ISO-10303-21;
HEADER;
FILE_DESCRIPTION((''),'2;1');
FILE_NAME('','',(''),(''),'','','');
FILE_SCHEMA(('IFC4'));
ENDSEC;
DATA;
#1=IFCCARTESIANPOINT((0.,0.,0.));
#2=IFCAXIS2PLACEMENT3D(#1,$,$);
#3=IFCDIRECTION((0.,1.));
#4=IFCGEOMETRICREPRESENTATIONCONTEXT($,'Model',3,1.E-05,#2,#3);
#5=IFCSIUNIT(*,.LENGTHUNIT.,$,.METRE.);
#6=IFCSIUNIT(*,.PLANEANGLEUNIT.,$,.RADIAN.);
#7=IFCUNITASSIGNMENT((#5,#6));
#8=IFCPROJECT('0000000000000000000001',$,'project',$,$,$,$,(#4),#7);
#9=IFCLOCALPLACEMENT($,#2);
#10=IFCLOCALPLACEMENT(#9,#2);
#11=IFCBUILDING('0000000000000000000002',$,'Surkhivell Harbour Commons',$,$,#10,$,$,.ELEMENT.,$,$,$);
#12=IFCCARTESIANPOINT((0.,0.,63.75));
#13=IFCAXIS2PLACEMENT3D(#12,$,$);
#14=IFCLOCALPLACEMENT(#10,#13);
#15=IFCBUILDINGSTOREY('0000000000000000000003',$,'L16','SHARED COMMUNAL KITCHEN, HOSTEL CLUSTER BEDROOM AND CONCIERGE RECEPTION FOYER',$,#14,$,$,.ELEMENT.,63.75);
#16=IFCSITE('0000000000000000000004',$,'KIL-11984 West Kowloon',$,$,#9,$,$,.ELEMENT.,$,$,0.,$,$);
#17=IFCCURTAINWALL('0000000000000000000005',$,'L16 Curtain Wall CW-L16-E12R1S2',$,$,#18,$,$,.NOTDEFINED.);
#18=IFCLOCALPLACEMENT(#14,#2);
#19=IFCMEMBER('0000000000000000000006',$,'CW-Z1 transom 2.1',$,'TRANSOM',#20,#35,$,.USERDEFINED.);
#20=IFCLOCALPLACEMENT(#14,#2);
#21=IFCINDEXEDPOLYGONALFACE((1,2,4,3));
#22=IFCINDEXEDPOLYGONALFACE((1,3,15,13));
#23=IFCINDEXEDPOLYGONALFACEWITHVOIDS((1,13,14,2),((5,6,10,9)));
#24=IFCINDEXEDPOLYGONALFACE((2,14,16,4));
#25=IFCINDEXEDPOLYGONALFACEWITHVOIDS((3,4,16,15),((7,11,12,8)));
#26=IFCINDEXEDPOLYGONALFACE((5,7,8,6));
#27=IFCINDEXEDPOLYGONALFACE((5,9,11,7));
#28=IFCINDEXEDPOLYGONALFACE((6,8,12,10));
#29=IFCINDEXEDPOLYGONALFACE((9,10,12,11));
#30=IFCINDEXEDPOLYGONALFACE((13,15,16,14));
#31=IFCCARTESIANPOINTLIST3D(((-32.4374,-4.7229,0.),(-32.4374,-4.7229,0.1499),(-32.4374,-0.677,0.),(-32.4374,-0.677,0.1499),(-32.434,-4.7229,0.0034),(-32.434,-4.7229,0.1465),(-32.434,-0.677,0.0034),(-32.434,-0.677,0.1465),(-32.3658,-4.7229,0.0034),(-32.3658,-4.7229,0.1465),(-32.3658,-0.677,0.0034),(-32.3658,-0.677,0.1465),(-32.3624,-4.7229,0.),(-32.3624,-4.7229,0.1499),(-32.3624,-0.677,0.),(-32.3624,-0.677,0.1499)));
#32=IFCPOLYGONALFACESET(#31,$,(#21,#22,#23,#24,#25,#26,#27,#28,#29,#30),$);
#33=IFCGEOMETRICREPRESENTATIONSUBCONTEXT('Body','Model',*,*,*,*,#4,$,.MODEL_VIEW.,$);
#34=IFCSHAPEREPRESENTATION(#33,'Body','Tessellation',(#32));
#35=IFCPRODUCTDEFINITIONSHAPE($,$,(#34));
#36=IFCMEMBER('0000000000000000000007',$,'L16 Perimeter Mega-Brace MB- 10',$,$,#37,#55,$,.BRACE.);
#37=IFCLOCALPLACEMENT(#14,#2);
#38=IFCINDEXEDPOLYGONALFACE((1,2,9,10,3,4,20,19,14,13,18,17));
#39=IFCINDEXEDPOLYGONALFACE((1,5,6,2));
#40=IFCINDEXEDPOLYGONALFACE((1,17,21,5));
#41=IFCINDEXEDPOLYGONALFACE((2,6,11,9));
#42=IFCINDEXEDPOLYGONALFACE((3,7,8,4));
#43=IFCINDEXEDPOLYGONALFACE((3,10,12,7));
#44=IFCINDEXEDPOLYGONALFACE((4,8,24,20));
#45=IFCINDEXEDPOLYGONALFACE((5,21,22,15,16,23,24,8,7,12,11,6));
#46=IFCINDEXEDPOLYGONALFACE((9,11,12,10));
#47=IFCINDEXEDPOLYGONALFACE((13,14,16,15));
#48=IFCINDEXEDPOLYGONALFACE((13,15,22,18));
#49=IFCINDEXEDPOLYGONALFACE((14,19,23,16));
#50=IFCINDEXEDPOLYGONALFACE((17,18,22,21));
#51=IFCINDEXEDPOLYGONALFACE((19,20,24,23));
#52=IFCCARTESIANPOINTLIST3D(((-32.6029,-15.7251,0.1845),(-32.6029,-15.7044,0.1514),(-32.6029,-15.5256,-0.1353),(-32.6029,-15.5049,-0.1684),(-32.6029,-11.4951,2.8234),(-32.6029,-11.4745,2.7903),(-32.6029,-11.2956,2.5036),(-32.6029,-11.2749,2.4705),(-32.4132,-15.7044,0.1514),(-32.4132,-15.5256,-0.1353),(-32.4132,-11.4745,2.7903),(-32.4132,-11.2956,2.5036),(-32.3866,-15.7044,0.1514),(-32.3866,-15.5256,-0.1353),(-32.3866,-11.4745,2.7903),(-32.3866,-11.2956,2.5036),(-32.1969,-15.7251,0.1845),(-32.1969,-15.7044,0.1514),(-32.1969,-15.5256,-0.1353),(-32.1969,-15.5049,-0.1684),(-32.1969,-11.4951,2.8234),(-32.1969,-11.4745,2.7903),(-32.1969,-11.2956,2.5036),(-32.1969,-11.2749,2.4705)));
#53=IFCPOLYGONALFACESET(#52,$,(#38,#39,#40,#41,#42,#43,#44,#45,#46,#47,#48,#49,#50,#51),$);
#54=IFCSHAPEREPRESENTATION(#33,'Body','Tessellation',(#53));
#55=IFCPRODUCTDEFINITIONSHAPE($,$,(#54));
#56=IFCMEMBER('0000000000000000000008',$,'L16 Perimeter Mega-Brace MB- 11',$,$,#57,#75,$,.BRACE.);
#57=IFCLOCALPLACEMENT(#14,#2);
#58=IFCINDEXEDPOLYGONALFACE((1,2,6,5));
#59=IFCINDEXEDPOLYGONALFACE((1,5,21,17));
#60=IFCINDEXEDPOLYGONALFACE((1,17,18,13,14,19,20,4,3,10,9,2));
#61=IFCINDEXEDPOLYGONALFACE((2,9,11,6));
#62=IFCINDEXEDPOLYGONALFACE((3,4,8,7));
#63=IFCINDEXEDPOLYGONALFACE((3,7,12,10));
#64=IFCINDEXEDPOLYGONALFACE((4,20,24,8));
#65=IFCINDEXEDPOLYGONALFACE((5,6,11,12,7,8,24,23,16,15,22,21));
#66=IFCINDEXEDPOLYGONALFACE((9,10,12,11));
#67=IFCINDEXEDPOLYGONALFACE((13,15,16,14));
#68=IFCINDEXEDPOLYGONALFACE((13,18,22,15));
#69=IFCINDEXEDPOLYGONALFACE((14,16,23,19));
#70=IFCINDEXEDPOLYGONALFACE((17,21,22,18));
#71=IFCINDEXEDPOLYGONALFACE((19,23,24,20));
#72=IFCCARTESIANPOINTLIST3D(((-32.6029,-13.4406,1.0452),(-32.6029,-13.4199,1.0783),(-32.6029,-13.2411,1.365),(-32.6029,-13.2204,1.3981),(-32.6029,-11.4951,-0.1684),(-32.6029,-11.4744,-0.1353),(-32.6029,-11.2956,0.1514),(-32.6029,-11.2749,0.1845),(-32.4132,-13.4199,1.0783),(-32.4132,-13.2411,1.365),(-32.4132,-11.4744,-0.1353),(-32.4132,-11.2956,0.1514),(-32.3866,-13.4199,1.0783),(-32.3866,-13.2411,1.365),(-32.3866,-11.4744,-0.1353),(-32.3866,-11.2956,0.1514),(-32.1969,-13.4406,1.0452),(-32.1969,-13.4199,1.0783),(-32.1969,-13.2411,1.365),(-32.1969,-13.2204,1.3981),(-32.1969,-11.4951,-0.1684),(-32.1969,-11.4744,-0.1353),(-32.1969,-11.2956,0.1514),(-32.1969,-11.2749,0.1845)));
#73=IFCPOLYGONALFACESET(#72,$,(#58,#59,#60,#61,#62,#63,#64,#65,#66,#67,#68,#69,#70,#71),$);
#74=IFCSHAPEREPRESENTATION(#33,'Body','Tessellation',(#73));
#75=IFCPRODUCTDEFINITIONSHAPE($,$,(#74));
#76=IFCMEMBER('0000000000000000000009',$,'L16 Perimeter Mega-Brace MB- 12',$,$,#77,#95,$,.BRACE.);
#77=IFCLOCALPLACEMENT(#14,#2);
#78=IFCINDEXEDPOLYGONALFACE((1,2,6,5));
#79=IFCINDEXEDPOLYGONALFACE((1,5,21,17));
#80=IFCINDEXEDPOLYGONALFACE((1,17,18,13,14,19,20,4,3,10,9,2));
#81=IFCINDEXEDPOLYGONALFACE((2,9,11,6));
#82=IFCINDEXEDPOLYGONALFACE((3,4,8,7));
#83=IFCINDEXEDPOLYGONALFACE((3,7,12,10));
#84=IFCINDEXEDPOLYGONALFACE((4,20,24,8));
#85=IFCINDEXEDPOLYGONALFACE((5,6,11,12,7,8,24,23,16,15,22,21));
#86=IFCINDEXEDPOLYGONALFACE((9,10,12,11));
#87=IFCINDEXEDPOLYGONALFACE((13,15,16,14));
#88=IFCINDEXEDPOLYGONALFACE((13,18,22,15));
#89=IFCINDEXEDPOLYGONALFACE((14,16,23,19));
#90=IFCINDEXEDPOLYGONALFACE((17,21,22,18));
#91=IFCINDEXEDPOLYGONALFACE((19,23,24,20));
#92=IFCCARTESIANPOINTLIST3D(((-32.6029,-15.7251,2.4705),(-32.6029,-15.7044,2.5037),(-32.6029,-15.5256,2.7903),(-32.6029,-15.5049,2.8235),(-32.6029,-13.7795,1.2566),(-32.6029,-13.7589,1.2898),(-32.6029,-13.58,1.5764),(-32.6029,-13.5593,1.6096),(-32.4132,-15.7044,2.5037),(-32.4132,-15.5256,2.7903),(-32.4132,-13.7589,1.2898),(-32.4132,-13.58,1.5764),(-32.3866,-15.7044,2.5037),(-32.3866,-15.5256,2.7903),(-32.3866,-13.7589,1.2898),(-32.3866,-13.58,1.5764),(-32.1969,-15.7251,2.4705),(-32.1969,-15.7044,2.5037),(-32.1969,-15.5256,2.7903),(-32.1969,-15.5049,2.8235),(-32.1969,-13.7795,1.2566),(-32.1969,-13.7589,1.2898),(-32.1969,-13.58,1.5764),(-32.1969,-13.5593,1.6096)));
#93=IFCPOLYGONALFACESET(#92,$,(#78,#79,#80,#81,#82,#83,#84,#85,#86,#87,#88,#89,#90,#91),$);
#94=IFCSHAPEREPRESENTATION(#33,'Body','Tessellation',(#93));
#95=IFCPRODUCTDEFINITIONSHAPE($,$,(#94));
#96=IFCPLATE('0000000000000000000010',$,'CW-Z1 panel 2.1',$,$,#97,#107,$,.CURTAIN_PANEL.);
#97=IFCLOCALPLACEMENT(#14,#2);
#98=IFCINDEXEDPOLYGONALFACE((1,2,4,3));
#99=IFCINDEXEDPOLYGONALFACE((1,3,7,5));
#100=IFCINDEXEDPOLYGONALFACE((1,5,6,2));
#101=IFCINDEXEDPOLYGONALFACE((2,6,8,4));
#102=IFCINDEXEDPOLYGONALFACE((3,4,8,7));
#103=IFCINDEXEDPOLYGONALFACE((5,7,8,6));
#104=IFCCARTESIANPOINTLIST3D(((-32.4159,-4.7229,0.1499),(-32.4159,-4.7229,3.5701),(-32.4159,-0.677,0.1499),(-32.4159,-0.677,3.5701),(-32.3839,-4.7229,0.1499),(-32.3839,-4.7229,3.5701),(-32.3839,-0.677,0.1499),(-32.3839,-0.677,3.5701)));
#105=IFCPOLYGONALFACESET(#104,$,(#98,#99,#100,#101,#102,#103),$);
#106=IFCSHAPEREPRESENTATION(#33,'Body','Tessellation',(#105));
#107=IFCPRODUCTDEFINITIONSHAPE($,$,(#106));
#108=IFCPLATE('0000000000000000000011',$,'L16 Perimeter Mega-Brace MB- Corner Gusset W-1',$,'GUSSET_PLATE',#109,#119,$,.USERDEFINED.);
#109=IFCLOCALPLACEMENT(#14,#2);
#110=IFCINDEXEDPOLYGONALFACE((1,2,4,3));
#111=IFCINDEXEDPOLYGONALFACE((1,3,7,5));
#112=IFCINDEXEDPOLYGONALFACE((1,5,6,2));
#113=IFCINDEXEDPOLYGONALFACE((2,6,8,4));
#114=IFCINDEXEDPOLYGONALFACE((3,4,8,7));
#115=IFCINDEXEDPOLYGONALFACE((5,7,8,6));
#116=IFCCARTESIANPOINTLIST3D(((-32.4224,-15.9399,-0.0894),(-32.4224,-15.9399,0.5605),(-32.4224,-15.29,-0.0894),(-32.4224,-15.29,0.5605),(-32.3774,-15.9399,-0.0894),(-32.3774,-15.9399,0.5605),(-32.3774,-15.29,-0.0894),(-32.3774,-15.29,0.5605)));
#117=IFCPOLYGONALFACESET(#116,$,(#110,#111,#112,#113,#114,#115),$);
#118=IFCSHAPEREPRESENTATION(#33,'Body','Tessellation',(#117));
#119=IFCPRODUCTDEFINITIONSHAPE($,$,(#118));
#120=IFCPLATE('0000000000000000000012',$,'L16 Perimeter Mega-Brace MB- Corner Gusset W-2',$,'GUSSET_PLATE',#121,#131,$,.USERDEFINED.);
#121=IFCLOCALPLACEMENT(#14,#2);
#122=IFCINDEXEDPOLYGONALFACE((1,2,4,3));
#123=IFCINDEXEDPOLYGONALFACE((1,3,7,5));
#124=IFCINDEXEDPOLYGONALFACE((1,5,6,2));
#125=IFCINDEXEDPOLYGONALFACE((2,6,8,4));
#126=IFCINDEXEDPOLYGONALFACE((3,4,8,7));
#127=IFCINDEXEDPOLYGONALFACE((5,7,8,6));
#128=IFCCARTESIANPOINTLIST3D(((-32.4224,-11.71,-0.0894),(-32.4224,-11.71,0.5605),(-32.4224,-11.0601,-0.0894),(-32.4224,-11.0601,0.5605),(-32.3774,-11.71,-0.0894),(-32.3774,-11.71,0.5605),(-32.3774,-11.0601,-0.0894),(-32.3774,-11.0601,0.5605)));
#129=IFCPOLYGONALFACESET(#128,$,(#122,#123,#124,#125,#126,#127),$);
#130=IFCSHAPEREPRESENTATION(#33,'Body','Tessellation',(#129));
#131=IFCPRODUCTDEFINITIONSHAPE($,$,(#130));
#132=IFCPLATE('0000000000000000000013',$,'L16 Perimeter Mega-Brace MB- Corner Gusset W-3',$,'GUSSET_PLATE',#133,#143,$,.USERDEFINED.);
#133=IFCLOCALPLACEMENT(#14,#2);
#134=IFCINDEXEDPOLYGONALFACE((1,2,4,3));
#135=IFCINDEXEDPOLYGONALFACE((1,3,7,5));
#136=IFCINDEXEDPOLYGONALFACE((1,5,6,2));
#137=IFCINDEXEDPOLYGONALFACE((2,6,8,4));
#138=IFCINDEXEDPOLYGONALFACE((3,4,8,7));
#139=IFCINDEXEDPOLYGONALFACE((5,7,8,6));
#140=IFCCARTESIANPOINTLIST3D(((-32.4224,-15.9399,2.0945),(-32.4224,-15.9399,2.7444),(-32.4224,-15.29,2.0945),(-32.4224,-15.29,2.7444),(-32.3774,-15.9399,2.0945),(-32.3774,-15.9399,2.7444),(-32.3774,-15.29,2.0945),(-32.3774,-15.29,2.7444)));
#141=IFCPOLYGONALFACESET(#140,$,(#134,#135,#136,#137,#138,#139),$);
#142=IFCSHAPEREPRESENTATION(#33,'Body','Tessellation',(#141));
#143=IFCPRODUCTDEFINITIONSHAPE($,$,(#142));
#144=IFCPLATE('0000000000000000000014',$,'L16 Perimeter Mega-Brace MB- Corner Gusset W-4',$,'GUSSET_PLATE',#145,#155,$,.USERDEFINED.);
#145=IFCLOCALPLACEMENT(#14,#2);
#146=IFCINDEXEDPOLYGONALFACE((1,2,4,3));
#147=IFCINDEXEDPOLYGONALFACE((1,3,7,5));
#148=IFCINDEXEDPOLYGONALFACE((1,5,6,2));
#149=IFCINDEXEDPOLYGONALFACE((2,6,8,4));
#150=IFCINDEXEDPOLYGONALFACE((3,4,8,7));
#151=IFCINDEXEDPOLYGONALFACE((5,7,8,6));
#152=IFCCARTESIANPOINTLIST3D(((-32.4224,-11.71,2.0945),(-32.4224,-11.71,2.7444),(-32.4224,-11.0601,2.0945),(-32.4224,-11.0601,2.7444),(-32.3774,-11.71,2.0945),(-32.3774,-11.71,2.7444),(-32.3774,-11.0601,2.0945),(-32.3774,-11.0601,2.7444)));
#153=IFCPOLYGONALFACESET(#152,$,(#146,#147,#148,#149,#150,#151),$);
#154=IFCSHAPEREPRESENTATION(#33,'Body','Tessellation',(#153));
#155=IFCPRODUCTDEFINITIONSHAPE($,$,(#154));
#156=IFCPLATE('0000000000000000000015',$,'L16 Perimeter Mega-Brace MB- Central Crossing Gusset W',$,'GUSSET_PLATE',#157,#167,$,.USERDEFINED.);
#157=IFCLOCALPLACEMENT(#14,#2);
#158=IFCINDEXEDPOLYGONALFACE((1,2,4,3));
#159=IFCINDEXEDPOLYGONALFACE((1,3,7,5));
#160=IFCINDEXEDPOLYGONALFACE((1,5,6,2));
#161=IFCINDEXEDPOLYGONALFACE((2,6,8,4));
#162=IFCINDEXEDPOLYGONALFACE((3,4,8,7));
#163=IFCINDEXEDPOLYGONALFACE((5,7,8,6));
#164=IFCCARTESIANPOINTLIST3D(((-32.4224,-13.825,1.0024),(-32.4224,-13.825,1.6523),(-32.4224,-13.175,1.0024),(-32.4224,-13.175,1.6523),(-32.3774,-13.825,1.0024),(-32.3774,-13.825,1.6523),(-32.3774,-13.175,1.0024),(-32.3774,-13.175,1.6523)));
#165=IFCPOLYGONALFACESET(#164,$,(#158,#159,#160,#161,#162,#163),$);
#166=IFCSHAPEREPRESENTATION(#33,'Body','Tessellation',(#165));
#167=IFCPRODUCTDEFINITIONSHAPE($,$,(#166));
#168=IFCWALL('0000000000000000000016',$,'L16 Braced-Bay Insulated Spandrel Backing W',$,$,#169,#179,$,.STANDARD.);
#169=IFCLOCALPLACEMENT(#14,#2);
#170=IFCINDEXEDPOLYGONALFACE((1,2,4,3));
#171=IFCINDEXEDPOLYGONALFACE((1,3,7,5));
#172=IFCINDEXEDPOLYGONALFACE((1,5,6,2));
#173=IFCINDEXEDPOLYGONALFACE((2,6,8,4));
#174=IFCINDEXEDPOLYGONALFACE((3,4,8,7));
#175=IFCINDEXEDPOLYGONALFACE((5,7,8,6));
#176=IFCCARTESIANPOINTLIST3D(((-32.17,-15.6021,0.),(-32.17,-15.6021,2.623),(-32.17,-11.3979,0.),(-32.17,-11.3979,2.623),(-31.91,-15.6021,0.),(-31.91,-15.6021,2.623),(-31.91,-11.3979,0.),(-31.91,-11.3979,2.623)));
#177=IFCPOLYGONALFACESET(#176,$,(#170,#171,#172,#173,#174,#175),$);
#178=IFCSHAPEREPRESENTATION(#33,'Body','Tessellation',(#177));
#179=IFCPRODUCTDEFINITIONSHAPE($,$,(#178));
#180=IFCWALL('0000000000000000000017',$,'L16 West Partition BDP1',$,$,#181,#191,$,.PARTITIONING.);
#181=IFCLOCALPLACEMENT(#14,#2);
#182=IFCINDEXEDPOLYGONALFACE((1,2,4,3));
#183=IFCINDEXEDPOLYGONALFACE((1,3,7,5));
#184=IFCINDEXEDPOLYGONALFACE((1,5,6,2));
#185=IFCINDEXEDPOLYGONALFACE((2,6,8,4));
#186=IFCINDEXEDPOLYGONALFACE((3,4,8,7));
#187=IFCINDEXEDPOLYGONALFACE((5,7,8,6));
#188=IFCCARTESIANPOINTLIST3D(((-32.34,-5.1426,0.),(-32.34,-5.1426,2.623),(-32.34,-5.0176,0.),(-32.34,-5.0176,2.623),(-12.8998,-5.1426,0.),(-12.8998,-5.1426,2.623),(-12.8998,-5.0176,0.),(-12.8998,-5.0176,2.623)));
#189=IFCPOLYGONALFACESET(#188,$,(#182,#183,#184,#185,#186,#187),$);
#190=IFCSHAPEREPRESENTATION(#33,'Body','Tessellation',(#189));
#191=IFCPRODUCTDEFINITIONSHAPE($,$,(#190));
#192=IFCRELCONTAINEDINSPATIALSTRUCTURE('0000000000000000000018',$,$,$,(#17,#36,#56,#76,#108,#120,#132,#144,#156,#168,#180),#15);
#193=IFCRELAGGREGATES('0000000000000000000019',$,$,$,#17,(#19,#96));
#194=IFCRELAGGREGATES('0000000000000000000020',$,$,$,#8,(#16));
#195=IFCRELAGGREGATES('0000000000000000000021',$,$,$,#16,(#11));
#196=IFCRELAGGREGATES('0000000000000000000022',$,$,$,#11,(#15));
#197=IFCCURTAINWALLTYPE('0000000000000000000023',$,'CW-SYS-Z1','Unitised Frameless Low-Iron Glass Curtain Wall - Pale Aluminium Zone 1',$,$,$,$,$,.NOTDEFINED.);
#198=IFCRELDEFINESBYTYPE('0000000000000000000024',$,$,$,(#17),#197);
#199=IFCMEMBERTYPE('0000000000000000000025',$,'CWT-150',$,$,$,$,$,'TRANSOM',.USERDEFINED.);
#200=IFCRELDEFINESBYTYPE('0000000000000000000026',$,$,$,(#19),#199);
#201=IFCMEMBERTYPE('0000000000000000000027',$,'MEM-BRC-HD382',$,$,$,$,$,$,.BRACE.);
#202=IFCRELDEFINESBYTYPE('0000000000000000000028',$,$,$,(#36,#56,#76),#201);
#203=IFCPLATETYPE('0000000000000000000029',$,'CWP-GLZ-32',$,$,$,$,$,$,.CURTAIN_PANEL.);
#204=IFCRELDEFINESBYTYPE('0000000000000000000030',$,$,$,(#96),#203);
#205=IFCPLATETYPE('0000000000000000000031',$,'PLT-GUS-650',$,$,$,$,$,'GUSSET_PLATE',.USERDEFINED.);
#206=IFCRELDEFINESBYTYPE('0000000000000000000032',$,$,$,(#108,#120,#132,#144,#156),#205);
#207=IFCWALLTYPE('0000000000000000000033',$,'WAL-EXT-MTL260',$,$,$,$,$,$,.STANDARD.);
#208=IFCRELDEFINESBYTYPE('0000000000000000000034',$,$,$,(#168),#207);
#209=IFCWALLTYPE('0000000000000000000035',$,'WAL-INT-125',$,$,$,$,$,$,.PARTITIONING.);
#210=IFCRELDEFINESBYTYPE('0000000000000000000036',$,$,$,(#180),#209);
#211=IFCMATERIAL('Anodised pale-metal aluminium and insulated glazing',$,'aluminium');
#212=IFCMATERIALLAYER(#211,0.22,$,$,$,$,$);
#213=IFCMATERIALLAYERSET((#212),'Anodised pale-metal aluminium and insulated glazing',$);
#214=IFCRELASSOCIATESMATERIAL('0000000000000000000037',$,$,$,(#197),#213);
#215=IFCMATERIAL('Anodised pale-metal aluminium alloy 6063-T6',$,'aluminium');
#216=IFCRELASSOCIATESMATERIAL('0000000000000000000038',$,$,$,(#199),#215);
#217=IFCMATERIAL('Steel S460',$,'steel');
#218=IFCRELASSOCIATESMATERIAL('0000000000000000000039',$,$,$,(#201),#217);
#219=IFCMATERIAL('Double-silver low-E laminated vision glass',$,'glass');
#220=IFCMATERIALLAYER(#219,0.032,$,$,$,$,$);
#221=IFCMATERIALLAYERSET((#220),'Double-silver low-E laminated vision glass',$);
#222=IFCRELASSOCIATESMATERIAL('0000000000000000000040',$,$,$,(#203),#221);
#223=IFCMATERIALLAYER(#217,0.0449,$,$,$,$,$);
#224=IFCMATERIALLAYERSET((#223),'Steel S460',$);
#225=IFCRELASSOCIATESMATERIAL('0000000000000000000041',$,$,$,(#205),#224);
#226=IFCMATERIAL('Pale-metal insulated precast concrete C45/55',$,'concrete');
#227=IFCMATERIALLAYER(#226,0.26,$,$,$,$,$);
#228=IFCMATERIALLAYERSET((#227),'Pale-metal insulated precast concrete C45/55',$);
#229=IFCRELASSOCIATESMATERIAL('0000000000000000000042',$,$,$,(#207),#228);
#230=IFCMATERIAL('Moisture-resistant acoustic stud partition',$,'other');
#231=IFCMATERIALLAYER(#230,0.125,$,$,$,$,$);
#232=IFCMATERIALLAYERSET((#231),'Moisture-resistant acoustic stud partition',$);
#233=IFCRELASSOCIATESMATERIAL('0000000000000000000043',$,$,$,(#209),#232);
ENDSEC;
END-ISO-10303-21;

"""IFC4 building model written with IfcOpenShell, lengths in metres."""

from ifc_helpers import new_model, si_unit, direction, frame, frame_2d, origin, origin_2d, place, context, subcontext, project, spatial, rectangle, hollow_rectangle, i_section, extrude, material, layer, layer_set, material_profile, profile_set, type_object, element, aggregate, save


model = new_model("IFC4")

# Units and contexts
model_context = context("Model", 3, precision=1e-05, world=origin(), true_north=direction((0.0, 1.0)))
body_context = subcontext(model_context, "Body", "Model", "MODEL_VIEW")
ifc_project = project(units=[si_unit("LENGTHUNIT", "METRE"), si_unit("PLANEANGLEUNIT", "RADIAN")], contexts=[model_context])

# Site, building, storey
site_placement = place(None, origin())
site = spatial("IfcSite", under=ifc_project, at=site_placement, Name="KIL-11984 West Kowloon", CompositionType="ELEMENT", RefElevation=0.0)
building_placement = place(site_placement, origin())
building = spatial("IfcBuilding", under=site, at=building_placement, Name="Surkhivell Harbour Commons", CompositionType="ELEMENT")
storey_placement = place(building_placement, frame((0.0, 0.0, 63.75)))
storey = spatial("IfcBuildingStorey", under=building, at=storey_placement, Name="L16", Description="SHARED COMMUNAL KITCHEN, HOSTEL CLUSTER BEDROOM AND CONCIERGE RECEPTION FOYER", CompositionType="ELEMENT", Elevation=63.75)

# Shared definitions
ifc_material_1 = material(Name="Steel S460", Category="steel")

# Curtain wall, member
ifc_material_2 = material(Name="Anodised pale-metal aluminium and insulated glazing", Category="aluminium")
ifc_layer_1 = layer(ifc_material_2, 0.22)
ifc_layer_set_1 = layer_set([ifc_layer_1], Name="Anodised pale-metal aluminium and insulated glazing")
curtain_wall_type = type_object("IfcCurtainWallType", Name="CW-SYS-Z1", Description="Unitised Frameless Low-Iron Glass Curtain Wall - Pale Aluminium Zone 1", PredefinedType="NOTDEFINED", material=ifc_layer_set_1)
curtain_wall_placement = place(storey_placement, origin())
curtain_wall = element("IfcCurtainWall", 1, at=curtain_wall_placement, inside=storey, type_object=curtain_wall_type, Name="L16 Curtain Wall CW-L16-E12R1S2", PredefinedType="NOTDEFINED")
ifc_material_3 = material(Name="Anodised pale-metal aluminium alloy 6063-T6", Category="aluminium")
ifc_material_profile_1 = material_profile(ifc_material_3, hollow_rectangle(XDim=0.075, YDim=0.1499, WallThickness=0.0034, at=origin_2d()), Name="ALU-TRAN-75x150")
ifc_profile_set_1 = profile_set([ifc_material_profile_1], Name="Anodised pale-metal aluminium alloy 6063-T6")
member_type_1 = type_object("IfcMemberType", Name="CWT-150", ElementType="TRANSOM", PredefinedType="USERDEFINED", material=ifc_profile_set_1)
member_1_placement = place(storey_placement, frame((-32.3999, -4.7229, 0.075), z_axis=(0.0, 1.0, 0.0), x_axis=(-1.0, 0.0, 0.0)))
member_1 = element("IfcMember", 2, at=member_1_placement, type_object=member_type_1, Name="CW-Z1 transom 2.1", ObjectType="TRANSOM", PredefinedType="USERDEFINED", context=body_context, shape_type="SweptSolid", body=[
    extrude(hollow_rectangle(XDim=0.075, YDim=0.1499, WallThickness=0.0034, at=origin_2d()), origin(), (0.0, 0.0, 1.0), 4.0459),
])

# Members
ifc_material_profile_2 = material_profile(ifc_material_1, i_section(OverallWidth=0.406, OverallDepth=0.416, WebThickness=0.0266, FlangeThickness=0.0391, at=origin_2d()), Name="HD400x382")
ifc_profile_set_2 = profile_set([ifc_material_profile_2], Name="Steel S460")
member_type_2 = type_object("IfcMemberType", Name="MEM-BRC-HD382", PredefinedType="BRACE", material=ifc_profile_set_2)
member_2_placement = place(storey_placement, frame((-32.3999, -15.615, 0.0081), z_axis=(0.0, 0.848433, 0.529303), x_axis=(-1.0, 0.0, 0.0)))
element("IfcMember", 3, at=member_2_placement, inside=storey, type_object=member_type_2, Name="L16 Perimeter Mega-Brace MB- 10", PredefinedType="BRACE", context=body_context, shape_type="SweptSolid", body=[
    extrude(i_section(OverallWidth=0.406, OverallDepth=0.416, WebThickness=0.0266, FlangeThickness=0.0391, at=origin_2d()), origin(), (0.0, 0.0, 1.0), 4.9856),
])
member_3_placement = place(storey_placement, frame((-32.3999, -11.385, 0.0081), z_axis=(0.0, -0.848459, 0.529262), x_axis=(1.0, 0.0, 0.0)))
element("IfcMember", 4, at=member_3_placement, inside=storey, type_object=member_type_2, Name="L16 Perimeter Mega-Brace MB- 11", PredefinedType="BRACE", context=body_context, shape_type="SweptSolid", body=[
    extrude(i_section(OverallWidth=0.406, OverallDepth=0.416, WebThickness=0.0266, FlangeThickness=0.0391, at=origin_2d()), origin(), (0.0, 0.0, 1.0), 2.293),
])
member_4_placement = place(storey_placement, frame((-32.3999, -13.6694, 1.4331), z_axis=(0.0, -0.848411, 0.529338), x_axis=(1.0, 0.0, 0.0)))
element("IfcMember", 5, at=member_4_placement, inside=storey, type_object=member_type_2, Name="L16 Perimeter Mega-Brace MB- 12", PredefinedType="BRACE", context=body_context, shape_type="SweptSolid", body=[
    extrude(i_section(OverallWidth=0.406, OverallDepth=0.416, WebThickness=0.0266, FlangeThickness=0.0391, at=origin_2d()), origin(), (0.0, 0.0, 1.0), 2.2932),
])

# Plate
ifc_material_4 = material(Name="Double-silver low-E laminated vision glass", Category="glass")
ifc_layer_2 = layer(ifc_material_4, 0.032)
ifc_layer_set_2 = layer_set([ifc_layer_2], Name="Double-silver low-E laminated vision glass")
plate_type_1 = type_object("IfcPlateType", Name="CWP-GLZ-32", PredefinedType="CURTAIN_PANEL", material=ifc_layer_set_2)
plate_1_placement = place(storey_placement, frame((-32.3999, -4.7229, 0.1499), z_axis=(0.0, 0.0, 1.0), x_axis=(0.0, 1.0, 0.0)))
plate_1 = element("IfcPlate", 6, at=plate_1_placement, type_object=plate_type_1, Name="CW-Z1 panel 2.1", PredefinedType="CURTAIN_PANEL", context=body_context, shape_type="SweptSolid", body=[
    extrude(rectangle(XDim=4.0459, YDim=0.032, at=frame_2d((2.0229, 0.0))), origin(), (0.0, 0.0, 1.0), 3.4202),
])
aggregate(curtain_wall, [member_1, plate_1])

# Plates
ifc_layer_3 = layer(ifc_material_1, 0.0449)
ifc_layer_set_3 = layer_set([ifc_layer_3], Name="Steel S460")
plate_type_2 = type_object("IfcPlateType", Name="PLT-GUS-650", ElementType="GUSSET_PLATE", PredefinedType="USERDEFINED", material=ifc_layer_set_3)
for number, where, z_axis, x_axis, name in (
    (7, (-32.3999, -15.615, -0.0894), (0.0, 0.0, 1.0), (0.0, 1.0, 0.0), "L16 Perimeter Mega-Brace MB- Corner Gusset W-1"),
    (8, (-32.3999, -11.385, -0.0894), (0.0, 0.0, 1.0), (0.0, 1.0, 0.0), "L16 Perimeter Mega-Brace MB- Corner Gusset W-2"),
    (9, (-32.3999, -15.615, 2.0945), (0.0, 0.0, 1.0), (0.0, 1.0, 0.0), "L16 Perimeter Mega-Brace MB- Corner Gusset W-3"),
    (10, (-32.3999, -11.385, 2.0945), (0.0, 0.0, 1.0), (0.0, 1.0, 0.0), "L16 Perimeter Mega-Brace MB- Corner Gusset W-4"),
    (11, (-32.3999, -13.5, 1.0024), (0.0, 0.0, 1.0), (0.0, 1.0, 0.0), "L16 Perimeter Mega-Brace MB- Central Crossing Gusset W"),
):
    element("IfcPlate", number, at=place(storey_placement, frame(where, z_axis=z_axis, x_axis=x_axis)), inside=storey, type_object=plate_type_2, Name=name, ObjectType="GUSSET_PLATE", PredefinedType="USERDEFINED", context=body_context, shape_type="SweptSolid", body=[
        extrude(rectangle(XDim=0.6499, YDim=0.0449, at=origin_2d()), origin(), (0.0, 0.0, 1.0), 0.6499),
    ])

# Walls
ifc_material_5 = material(Name="Pale-metal insulated precast concrete C45/55", Category="concrete")
ifc_layer_4 = layer(ifc_material_5, 0.26)
ifc_layer_set_4 = layer_set([ifc_layer_4], Name="Pale-metal insulated precast concrete C45/55")
wall_type_1 = type_object("IfcWallType", Name="WAL-EXT-MTL260", PredefinedType="STANDARD", material=ifc_layer_set_4)
wall_1_placement = place(storey_placement, frame((-32.04, -15.6021, 0.0), z_axis=(0.0, 0.0, 1.0), x_axis=(0.0, 1.0, 0.0)))
element("IfcWall", 12, at=wall_1_placement, inside=storey, type_object=wall_type_1, Name="L16 Braced-Bay Insulated Spandrel Backing W", PredefinedType="STANDARD", context=body_context, shape_type="SweptSolid", body=[
    extrude(rectangle(XDim=4.2041, YDim=0.26, at=frame_2d((2.1021, 0.0))), origin(), (0.0, 0.0, 1.0), 2.623),
])
ifc_material_6 = material(Name="Moisture-resistant acoustic stud partition", Category="other")
ifc_layer_5 = layer(ifc_material_6, 0.125)
ifc_layer_set_5 = layer_set([ifc_layer_5], Name="Moisture-resistant acoustic stud partition")
wall_type_2 = type_object("IfcWallType", Name="WAL-INT-125", PredefinedType="PARTITIONING", material=ifc_layer_set_5)
for number, where, z_axis, x_axis, name in (
    (13, (-32.3401, -5.0801, 0.0), (0.0, 0.0, 1.0), (1.0, 0.0, 0.0), "L16 West Partition BDP1"),
):
    element("IfcWall", number, at=place(storey_placement, frame(where, z_axis=z_axis, x_axis=x_axis)), inside=storey, type_object=wall_type_2, Name=name, PredefinedType="PARTITIONING", context=body_context, shape_type="SweptSolid", body=[
        extrude(rectangle(XDim=19.4402, YDim=0.125, at=frame_2d((9.7202, 0.0))), origin(), (0.0, 0.0, 1.0), 2.623),
    ])

save(model, "model.ifc")
